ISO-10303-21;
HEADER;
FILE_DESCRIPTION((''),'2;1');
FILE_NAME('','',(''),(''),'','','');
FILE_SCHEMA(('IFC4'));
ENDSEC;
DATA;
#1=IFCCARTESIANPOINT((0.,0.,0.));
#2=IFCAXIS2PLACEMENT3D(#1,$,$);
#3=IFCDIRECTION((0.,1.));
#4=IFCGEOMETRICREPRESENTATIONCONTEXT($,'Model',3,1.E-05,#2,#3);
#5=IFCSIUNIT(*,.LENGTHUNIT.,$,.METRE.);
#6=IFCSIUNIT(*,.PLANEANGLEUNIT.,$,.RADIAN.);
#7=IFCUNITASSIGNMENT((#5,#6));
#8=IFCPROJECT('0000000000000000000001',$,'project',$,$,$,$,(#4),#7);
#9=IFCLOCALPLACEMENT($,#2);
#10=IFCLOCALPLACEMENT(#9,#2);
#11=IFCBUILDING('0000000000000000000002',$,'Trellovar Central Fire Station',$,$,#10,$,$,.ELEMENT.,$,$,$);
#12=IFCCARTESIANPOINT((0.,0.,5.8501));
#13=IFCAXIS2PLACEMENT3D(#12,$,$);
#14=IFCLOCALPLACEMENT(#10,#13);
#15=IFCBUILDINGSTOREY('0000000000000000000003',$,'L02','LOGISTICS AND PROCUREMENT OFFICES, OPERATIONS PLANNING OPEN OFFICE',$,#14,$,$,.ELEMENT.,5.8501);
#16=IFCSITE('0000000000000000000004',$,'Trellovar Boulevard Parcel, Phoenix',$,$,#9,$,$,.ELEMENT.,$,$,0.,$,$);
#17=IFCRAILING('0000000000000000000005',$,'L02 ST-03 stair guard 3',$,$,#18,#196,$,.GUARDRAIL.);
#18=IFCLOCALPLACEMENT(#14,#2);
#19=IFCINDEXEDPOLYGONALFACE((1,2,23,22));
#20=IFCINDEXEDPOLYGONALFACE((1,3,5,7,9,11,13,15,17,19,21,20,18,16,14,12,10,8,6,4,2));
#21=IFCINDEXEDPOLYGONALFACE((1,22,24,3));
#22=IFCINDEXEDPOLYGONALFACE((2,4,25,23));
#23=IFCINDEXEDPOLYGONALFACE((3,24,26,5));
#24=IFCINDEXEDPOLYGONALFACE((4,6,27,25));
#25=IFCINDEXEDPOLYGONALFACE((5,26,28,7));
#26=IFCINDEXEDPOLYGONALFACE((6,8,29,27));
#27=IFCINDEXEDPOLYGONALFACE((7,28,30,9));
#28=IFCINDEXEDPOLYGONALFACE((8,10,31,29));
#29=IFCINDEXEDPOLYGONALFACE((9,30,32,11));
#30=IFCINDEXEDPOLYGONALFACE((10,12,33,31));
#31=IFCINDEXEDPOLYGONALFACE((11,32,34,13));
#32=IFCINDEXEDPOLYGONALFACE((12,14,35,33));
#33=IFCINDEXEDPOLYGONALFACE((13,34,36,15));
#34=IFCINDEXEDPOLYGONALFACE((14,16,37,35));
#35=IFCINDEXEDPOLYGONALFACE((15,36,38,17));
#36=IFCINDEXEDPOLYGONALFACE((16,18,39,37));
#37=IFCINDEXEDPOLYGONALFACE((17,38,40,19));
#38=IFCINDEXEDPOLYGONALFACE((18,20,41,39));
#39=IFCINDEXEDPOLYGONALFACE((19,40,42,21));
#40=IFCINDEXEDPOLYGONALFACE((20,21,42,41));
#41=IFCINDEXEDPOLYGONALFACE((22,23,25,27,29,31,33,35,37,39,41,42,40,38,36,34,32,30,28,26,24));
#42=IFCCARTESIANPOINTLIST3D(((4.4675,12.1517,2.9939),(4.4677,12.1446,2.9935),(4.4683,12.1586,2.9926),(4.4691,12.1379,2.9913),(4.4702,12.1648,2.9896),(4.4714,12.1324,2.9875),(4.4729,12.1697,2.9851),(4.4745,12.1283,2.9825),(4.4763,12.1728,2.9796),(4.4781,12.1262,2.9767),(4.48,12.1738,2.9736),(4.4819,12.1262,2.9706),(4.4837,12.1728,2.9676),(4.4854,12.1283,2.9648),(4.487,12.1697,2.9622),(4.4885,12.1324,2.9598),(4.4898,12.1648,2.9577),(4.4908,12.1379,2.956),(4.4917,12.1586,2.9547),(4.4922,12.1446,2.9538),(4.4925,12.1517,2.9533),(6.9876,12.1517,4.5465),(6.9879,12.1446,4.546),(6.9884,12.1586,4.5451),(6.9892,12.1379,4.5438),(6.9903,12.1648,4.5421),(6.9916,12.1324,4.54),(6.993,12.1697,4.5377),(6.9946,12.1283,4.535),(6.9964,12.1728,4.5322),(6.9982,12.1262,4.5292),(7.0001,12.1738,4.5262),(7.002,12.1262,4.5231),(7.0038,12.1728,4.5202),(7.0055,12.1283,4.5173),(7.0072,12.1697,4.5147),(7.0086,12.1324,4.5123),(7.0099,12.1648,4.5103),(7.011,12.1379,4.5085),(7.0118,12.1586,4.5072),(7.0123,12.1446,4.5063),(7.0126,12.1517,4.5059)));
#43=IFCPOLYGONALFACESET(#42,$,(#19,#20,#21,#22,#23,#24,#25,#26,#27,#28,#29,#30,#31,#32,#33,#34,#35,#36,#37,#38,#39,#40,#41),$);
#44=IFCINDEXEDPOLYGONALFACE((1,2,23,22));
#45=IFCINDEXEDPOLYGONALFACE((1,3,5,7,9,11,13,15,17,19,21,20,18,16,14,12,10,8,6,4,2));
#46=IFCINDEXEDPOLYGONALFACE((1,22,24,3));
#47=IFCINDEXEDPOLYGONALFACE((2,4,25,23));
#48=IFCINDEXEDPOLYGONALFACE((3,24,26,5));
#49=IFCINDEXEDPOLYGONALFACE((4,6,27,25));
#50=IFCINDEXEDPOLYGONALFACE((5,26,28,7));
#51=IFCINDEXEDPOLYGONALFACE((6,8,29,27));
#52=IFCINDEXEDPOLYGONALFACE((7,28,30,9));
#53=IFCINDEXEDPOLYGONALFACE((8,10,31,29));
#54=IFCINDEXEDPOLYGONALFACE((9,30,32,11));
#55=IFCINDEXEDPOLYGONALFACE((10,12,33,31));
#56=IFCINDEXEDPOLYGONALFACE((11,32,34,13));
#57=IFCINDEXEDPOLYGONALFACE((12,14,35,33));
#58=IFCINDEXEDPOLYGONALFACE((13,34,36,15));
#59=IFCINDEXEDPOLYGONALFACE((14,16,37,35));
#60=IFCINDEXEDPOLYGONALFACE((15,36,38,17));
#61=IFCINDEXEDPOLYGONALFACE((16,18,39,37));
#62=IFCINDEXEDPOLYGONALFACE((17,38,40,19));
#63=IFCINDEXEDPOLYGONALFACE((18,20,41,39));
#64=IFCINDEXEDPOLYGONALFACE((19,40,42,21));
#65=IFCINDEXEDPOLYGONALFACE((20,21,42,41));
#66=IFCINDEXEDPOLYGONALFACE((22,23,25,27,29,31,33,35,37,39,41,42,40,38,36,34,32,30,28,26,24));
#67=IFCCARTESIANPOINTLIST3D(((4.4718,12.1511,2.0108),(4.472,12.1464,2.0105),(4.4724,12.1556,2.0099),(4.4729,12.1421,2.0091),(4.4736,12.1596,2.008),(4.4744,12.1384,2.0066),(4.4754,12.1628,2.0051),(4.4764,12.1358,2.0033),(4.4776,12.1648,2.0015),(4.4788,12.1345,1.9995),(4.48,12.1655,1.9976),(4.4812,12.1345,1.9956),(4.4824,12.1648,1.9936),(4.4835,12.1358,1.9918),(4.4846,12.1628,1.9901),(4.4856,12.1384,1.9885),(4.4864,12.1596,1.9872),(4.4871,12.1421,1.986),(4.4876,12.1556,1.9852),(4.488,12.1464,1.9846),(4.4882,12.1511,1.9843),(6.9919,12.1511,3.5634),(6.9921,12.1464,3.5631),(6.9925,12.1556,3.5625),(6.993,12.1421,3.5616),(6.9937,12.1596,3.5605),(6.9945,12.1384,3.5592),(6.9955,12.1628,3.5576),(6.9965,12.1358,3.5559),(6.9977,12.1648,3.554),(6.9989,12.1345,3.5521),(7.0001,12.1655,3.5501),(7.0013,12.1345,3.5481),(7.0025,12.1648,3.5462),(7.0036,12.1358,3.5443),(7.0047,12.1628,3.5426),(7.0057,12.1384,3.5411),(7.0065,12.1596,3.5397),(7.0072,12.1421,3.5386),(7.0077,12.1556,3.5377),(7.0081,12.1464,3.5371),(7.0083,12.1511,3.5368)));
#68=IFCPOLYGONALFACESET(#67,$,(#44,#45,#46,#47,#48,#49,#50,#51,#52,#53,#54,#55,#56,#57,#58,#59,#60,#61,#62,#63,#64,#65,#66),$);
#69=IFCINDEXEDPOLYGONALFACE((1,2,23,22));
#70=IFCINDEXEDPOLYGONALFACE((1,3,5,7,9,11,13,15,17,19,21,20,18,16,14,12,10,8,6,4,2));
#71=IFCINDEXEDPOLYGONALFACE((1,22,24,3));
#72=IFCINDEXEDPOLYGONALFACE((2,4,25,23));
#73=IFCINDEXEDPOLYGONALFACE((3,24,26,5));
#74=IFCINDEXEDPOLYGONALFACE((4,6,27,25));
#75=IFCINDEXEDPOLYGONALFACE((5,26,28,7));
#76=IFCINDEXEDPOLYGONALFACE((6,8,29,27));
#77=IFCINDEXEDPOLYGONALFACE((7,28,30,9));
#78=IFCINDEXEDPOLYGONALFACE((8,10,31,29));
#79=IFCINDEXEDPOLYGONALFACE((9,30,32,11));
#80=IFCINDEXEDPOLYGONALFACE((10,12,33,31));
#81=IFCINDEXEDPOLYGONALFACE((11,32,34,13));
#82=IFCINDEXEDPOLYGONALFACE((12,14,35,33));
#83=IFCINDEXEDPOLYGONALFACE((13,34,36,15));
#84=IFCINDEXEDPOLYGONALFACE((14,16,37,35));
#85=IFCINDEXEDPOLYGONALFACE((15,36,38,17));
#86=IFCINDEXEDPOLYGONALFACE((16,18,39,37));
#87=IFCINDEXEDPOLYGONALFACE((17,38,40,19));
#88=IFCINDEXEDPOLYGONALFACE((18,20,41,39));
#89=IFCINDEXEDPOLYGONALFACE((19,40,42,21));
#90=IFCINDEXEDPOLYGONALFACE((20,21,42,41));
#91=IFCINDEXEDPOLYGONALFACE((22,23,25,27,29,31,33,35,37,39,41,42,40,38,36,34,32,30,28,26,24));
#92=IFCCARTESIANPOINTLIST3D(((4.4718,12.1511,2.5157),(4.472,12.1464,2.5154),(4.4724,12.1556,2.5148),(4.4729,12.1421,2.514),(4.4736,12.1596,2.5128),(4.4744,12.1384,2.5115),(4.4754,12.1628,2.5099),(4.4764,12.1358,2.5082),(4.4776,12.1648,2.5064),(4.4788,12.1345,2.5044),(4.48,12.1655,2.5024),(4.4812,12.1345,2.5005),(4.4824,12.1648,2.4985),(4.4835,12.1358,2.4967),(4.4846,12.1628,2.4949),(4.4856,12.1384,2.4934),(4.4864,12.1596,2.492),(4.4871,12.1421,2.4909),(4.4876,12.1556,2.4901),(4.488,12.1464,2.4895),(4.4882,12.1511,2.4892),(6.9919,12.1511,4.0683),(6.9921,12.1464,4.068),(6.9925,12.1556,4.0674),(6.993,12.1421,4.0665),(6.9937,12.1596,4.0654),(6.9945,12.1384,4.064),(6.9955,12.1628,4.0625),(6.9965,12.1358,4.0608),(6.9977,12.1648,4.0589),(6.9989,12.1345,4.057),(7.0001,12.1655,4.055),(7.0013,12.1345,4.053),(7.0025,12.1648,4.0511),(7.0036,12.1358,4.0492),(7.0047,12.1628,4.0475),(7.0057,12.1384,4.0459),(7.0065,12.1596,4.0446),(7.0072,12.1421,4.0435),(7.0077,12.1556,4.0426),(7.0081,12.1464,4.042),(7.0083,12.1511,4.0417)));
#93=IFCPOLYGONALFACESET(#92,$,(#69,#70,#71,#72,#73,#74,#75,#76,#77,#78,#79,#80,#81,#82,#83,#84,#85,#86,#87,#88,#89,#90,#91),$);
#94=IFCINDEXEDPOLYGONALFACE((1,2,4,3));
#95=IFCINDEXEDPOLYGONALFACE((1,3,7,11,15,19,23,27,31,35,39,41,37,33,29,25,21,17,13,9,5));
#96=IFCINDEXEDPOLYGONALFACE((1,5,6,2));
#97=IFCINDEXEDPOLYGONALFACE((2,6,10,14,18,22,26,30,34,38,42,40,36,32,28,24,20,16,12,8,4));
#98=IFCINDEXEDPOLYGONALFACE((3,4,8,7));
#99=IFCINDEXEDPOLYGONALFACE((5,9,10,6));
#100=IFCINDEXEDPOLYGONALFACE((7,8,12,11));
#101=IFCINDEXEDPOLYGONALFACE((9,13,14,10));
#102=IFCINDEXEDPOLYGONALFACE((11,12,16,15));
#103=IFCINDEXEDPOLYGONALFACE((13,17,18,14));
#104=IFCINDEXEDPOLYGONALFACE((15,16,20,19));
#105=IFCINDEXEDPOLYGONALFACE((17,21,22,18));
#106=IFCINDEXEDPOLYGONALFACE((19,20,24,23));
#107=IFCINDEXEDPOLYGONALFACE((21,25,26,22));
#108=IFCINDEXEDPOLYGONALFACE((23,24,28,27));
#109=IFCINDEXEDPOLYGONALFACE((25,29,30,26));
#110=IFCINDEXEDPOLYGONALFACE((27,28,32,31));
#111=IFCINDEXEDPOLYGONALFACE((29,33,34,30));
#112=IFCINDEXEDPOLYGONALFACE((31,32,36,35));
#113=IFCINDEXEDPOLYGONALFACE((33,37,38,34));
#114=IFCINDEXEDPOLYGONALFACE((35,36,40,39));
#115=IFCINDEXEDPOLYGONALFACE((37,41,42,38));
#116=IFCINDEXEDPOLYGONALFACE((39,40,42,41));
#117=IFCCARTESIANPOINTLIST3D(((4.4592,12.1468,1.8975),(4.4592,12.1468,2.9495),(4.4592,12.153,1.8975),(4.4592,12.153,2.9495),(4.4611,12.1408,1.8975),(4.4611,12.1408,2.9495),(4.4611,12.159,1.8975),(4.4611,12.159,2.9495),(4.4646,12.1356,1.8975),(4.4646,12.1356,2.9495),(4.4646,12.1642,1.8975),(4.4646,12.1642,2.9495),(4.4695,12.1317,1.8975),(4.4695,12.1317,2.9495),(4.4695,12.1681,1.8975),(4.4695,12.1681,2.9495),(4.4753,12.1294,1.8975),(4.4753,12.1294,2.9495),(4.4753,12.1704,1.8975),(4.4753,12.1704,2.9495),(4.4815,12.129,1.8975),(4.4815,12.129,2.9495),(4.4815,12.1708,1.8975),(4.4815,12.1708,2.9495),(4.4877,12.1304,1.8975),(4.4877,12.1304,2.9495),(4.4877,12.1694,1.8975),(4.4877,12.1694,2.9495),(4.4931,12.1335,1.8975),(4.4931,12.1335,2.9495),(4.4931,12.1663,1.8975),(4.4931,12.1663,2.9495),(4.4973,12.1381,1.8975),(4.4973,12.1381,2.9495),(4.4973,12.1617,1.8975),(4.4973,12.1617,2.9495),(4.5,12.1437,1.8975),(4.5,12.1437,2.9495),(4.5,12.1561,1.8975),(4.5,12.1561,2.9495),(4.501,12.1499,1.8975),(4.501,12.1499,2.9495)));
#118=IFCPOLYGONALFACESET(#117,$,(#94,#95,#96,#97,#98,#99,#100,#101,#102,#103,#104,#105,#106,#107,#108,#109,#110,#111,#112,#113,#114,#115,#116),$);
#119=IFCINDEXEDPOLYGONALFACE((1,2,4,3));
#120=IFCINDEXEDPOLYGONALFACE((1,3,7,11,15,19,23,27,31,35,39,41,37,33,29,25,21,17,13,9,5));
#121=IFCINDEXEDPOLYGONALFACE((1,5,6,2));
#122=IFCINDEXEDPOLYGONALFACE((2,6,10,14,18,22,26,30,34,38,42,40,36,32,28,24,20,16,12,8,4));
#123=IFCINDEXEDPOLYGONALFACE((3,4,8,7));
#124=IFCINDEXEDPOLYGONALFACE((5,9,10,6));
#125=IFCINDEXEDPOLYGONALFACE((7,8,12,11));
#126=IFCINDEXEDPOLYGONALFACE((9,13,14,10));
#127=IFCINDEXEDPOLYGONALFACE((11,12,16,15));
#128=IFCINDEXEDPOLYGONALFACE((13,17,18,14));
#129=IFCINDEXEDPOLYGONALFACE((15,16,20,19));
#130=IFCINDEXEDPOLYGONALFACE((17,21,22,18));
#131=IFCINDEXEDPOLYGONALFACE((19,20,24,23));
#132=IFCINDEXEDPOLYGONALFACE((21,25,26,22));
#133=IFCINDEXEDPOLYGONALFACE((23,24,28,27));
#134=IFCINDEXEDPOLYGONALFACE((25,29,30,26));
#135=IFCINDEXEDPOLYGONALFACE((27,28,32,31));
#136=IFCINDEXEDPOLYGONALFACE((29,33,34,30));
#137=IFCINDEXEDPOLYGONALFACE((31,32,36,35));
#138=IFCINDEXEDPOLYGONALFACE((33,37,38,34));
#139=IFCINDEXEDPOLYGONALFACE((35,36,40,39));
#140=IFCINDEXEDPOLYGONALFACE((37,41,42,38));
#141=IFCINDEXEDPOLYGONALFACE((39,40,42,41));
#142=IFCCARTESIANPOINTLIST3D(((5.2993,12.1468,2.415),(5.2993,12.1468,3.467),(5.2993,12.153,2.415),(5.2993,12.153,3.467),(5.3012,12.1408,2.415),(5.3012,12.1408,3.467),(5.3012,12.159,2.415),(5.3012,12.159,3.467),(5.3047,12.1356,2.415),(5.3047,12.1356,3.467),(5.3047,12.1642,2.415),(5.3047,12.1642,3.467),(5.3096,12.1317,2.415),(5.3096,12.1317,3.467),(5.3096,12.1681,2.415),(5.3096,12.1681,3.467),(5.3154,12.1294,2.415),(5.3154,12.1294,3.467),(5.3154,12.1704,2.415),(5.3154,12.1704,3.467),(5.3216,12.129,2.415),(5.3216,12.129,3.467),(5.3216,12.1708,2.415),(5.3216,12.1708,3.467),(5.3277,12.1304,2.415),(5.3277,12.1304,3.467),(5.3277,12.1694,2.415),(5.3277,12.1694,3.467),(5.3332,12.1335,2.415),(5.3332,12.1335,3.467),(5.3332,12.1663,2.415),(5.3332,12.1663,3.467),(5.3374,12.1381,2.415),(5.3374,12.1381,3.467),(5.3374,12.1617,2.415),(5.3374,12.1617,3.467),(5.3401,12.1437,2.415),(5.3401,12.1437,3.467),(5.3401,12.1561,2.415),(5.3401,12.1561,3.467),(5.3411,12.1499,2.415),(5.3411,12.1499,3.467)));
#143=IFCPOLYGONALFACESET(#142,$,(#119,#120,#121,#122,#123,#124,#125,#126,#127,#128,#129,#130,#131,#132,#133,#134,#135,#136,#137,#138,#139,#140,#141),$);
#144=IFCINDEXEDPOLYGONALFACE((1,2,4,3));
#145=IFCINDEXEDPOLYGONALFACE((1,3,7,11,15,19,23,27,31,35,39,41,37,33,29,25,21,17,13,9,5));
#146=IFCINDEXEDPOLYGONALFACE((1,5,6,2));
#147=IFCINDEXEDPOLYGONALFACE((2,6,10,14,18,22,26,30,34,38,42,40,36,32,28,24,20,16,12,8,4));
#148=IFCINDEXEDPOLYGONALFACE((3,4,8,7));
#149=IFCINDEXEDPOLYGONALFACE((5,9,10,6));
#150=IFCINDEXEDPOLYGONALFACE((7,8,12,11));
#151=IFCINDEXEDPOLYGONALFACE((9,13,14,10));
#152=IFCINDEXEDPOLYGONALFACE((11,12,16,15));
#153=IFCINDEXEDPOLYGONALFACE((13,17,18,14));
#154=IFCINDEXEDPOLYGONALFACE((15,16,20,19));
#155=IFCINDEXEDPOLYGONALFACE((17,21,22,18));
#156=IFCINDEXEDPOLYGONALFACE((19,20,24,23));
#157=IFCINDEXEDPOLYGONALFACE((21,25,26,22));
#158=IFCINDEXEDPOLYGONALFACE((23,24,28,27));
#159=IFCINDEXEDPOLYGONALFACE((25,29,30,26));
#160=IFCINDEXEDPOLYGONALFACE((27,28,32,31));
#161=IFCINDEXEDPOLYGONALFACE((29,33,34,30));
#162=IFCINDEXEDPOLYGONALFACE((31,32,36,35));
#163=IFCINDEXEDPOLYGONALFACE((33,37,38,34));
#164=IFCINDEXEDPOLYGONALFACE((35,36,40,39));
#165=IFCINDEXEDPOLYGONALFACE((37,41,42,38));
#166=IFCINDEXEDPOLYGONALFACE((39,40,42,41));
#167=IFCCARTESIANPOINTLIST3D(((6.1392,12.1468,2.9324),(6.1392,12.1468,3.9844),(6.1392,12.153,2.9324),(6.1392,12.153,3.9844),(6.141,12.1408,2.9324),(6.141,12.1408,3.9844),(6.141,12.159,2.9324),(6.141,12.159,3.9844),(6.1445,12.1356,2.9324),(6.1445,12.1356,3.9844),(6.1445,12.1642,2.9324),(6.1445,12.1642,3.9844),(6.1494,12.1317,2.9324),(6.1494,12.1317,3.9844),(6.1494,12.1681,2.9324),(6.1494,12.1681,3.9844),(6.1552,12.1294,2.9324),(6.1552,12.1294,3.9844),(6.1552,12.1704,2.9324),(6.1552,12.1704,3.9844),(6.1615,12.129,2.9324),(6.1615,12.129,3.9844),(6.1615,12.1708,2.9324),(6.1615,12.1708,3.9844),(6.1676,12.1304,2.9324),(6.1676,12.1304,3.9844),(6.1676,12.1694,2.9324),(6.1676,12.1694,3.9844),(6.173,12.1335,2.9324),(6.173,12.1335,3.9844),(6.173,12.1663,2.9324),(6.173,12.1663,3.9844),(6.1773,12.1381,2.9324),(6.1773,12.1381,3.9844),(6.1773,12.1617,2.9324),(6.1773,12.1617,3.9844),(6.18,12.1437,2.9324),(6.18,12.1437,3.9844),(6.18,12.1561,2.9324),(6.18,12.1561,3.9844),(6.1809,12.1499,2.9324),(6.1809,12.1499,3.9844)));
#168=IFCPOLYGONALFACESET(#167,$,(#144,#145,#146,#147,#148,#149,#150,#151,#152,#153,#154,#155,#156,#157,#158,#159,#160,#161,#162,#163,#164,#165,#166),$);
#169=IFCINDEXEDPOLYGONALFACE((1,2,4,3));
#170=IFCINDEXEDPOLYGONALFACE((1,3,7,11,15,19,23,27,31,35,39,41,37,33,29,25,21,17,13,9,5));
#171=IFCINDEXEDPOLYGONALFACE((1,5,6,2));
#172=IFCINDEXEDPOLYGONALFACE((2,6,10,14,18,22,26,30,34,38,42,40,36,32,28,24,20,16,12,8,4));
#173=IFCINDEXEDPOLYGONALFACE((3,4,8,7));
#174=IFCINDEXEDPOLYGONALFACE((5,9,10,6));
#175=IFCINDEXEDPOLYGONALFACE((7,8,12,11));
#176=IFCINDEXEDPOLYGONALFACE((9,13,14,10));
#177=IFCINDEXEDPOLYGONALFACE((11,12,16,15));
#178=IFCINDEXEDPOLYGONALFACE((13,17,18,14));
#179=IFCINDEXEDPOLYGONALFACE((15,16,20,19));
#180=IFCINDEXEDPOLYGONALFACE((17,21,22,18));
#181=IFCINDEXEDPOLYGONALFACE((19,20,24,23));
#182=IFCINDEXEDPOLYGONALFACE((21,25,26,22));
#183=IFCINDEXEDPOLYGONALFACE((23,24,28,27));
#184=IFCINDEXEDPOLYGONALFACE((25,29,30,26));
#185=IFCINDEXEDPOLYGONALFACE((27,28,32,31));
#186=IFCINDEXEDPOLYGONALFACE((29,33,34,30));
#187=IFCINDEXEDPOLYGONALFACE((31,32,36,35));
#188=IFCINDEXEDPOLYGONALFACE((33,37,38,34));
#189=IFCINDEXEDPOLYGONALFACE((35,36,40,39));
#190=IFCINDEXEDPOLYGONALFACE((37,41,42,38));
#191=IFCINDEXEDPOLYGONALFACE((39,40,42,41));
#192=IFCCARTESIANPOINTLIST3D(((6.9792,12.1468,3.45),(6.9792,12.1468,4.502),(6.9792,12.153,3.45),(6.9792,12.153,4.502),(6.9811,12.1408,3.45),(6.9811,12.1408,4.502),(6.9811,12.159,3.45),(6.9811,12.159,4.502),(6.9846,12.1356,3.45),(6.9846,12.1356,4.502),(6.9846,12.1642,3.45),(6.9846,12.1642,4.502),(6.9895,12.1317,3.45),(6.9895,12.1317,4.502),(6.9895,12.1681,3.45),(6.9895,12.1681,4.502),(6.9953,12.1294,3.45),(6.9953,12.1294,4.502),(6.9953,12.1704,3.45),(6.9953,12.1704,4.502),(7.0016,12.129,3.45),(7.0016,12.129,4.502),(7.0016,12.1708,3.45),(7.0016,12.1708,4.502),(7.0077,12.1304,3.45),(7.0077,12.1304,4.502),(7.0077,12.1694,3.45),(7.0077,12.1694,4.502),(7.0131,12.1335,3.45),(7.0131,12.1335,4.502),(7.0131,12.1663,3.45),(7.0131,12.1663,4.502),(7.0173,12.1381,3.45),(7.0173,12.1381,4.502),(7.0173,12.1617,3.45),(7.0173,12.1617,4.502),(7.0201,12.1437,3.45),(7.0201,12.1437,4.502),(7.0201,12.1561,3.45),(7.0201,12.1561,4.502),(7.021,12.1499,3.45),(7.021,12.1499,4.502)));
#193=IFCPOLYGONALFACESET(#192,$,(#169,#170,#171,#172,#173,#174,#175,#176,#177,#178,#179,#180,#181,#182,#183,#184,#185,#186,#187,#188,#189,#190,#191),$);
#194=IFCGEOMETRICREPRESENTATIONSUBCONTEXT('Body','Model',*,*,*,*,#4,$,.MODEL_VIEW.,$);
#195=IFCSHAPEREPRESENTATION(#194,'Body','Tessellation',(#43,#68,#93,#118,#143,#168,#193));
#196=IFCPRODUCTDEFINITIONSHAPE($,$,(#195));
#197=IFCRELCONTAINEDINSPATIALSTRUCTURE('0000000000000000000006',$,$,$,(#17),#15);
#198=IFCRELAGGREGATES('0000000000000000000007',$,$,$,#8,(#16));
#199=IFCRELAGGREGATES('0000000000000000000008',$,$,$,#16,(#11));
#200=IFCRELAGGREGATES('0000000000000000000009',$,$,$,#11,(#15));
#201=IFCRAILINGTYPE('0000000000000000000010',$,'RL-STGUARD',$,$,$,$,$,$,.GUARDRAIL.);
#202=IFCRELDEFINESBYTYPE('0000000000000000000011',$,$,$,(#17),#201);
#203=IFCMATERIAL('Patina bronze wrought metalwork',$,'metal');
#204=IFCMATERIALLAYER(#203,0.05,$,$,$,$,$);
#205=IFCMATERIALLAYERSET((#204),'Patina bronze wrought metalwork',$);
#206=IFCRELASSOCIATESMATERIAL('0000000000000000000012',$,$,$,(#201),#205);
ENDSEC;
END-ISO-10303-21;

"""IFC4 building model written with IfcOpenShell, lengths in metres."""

from ifc_helpers import new_model, si_unit, direction, frame, origin, origin_2d, place, context, subcontext, project, spatial, circle, extrude, material, layer, layer_set, type_object, element, save


model = new_model("IFC4")

# Units and contexts
model_context = context("Model", 3, precision=1e-05, world=origin(), true_north=direction((0.0, 1.0)))
body_context = subcontext(model_context, "Body", "Model", "MODEL_VIEW")
ifc_project = project(units=[si_unit("LENGTHUNIT", "METRE"), si_unit("PLANEANGLEUNIT", "RADIAN")], contexts=[model_context])

# Site, building, storey
site_placement = place(None, origin())
site = spatial("IfcSite", under=ifc_project, at=site_placement, Name="Trellovar Boulevard Parcel, Phoenix", CompositionType="ELEMENT", RefElevation=0.0)
building_placement = place(site_placement, origin())
building = spatial("IfcBuilding", under=site, at=building_placement, Name="Trellovar Central Fire Station", CompositionType="ELEMENT")
storey_placement = place(building_placement, frame((0.0, 0.0, 5.8501)))
storey = spatial("IfcBuildingStorey", under=building, at=storey_placement, Name="L02", Description="LOGISTICS AND PROCUREMENT OFFICES, OPERATIONS PLANNING OPEN OFFICE", CompositionType="ELEMENT", Elevation=5.8501)

# Railing
ifc_material_1 = material(Name="Patina bronze wrought metalwork", Category="metal")
ifc_layer_1 = layer(ifc_material_1, 0.05)
ifc_layer_set_1 = layer_set([ifc_layer_1], Name="Patina bronze wrought metalwork")
railing_type_1 = type_object("IfcRailingType", Name="RL-STGUARD", PredefinedType="GUARDRAIL", material=ifc_layer_set_1)
railing_1_placement = place(storey_placement, frame((4.48, 12.1499, 1.8975)))
element("IfcRailing", 1, at=railing_1_placement, inside=storey, type_object=railing_type_1, Name="L02 ST-03 stair guard 3", PredefinedType="GUARDRAIL", context=body_context, shape_type="SweptSolid", body=[
    extrude(circle(Radius=0.0239, at=origin_2d()), frame((0.0, 0.0, 1.0762), z_axis=(0.8514, 0.0, 0.524516), x_axis=(0.0, 1.0, 0.0)), (0.0, 0.0, 1.0), 2.96),
    extrude(circle(Radius=0.0156, at=origin_2d()), frame((0.0, 0.0, 0.1001), z_axis=(0.8514, 0.0, 0.524516), x_axis=(0.0, 1.0, 0.0)), (0.0, 0.0, 1.0), 2.96),
    extrude(circle(Radius=0.0156, at=origin_2d()), frame((0.0, 0.0, 0.605), z_axis=(0.8514, 0.0, 0.524516), x_axis=(0.0, 1.0, 0.0)), (0.0, 0.0, 1.0), 2.96),
    extrude(circle(Radius=0.021, at=origin_2d()), origin(), (0.0, 0.0, 1.0), 1.052),
    extrude(circle(Radius=0.021, at=origin_2d()), frame((0.8401, 0.0, 0.5176)), (0.0, 0.0, 1.0), 1.052),
    extrude(circle(Radius=0.021, at=origin_2d()), frame((1.6799, 0.0, 1.0349)), (0.0, 0.0, 1.0), 1.052),
    extrude(circle(Radius=0.021, at=origin_2d()), frame((2.52, 0.0, 1.5525)), (0.0, 0.0, 1.0), 1.052),
])

save(model, "model.ifc")
